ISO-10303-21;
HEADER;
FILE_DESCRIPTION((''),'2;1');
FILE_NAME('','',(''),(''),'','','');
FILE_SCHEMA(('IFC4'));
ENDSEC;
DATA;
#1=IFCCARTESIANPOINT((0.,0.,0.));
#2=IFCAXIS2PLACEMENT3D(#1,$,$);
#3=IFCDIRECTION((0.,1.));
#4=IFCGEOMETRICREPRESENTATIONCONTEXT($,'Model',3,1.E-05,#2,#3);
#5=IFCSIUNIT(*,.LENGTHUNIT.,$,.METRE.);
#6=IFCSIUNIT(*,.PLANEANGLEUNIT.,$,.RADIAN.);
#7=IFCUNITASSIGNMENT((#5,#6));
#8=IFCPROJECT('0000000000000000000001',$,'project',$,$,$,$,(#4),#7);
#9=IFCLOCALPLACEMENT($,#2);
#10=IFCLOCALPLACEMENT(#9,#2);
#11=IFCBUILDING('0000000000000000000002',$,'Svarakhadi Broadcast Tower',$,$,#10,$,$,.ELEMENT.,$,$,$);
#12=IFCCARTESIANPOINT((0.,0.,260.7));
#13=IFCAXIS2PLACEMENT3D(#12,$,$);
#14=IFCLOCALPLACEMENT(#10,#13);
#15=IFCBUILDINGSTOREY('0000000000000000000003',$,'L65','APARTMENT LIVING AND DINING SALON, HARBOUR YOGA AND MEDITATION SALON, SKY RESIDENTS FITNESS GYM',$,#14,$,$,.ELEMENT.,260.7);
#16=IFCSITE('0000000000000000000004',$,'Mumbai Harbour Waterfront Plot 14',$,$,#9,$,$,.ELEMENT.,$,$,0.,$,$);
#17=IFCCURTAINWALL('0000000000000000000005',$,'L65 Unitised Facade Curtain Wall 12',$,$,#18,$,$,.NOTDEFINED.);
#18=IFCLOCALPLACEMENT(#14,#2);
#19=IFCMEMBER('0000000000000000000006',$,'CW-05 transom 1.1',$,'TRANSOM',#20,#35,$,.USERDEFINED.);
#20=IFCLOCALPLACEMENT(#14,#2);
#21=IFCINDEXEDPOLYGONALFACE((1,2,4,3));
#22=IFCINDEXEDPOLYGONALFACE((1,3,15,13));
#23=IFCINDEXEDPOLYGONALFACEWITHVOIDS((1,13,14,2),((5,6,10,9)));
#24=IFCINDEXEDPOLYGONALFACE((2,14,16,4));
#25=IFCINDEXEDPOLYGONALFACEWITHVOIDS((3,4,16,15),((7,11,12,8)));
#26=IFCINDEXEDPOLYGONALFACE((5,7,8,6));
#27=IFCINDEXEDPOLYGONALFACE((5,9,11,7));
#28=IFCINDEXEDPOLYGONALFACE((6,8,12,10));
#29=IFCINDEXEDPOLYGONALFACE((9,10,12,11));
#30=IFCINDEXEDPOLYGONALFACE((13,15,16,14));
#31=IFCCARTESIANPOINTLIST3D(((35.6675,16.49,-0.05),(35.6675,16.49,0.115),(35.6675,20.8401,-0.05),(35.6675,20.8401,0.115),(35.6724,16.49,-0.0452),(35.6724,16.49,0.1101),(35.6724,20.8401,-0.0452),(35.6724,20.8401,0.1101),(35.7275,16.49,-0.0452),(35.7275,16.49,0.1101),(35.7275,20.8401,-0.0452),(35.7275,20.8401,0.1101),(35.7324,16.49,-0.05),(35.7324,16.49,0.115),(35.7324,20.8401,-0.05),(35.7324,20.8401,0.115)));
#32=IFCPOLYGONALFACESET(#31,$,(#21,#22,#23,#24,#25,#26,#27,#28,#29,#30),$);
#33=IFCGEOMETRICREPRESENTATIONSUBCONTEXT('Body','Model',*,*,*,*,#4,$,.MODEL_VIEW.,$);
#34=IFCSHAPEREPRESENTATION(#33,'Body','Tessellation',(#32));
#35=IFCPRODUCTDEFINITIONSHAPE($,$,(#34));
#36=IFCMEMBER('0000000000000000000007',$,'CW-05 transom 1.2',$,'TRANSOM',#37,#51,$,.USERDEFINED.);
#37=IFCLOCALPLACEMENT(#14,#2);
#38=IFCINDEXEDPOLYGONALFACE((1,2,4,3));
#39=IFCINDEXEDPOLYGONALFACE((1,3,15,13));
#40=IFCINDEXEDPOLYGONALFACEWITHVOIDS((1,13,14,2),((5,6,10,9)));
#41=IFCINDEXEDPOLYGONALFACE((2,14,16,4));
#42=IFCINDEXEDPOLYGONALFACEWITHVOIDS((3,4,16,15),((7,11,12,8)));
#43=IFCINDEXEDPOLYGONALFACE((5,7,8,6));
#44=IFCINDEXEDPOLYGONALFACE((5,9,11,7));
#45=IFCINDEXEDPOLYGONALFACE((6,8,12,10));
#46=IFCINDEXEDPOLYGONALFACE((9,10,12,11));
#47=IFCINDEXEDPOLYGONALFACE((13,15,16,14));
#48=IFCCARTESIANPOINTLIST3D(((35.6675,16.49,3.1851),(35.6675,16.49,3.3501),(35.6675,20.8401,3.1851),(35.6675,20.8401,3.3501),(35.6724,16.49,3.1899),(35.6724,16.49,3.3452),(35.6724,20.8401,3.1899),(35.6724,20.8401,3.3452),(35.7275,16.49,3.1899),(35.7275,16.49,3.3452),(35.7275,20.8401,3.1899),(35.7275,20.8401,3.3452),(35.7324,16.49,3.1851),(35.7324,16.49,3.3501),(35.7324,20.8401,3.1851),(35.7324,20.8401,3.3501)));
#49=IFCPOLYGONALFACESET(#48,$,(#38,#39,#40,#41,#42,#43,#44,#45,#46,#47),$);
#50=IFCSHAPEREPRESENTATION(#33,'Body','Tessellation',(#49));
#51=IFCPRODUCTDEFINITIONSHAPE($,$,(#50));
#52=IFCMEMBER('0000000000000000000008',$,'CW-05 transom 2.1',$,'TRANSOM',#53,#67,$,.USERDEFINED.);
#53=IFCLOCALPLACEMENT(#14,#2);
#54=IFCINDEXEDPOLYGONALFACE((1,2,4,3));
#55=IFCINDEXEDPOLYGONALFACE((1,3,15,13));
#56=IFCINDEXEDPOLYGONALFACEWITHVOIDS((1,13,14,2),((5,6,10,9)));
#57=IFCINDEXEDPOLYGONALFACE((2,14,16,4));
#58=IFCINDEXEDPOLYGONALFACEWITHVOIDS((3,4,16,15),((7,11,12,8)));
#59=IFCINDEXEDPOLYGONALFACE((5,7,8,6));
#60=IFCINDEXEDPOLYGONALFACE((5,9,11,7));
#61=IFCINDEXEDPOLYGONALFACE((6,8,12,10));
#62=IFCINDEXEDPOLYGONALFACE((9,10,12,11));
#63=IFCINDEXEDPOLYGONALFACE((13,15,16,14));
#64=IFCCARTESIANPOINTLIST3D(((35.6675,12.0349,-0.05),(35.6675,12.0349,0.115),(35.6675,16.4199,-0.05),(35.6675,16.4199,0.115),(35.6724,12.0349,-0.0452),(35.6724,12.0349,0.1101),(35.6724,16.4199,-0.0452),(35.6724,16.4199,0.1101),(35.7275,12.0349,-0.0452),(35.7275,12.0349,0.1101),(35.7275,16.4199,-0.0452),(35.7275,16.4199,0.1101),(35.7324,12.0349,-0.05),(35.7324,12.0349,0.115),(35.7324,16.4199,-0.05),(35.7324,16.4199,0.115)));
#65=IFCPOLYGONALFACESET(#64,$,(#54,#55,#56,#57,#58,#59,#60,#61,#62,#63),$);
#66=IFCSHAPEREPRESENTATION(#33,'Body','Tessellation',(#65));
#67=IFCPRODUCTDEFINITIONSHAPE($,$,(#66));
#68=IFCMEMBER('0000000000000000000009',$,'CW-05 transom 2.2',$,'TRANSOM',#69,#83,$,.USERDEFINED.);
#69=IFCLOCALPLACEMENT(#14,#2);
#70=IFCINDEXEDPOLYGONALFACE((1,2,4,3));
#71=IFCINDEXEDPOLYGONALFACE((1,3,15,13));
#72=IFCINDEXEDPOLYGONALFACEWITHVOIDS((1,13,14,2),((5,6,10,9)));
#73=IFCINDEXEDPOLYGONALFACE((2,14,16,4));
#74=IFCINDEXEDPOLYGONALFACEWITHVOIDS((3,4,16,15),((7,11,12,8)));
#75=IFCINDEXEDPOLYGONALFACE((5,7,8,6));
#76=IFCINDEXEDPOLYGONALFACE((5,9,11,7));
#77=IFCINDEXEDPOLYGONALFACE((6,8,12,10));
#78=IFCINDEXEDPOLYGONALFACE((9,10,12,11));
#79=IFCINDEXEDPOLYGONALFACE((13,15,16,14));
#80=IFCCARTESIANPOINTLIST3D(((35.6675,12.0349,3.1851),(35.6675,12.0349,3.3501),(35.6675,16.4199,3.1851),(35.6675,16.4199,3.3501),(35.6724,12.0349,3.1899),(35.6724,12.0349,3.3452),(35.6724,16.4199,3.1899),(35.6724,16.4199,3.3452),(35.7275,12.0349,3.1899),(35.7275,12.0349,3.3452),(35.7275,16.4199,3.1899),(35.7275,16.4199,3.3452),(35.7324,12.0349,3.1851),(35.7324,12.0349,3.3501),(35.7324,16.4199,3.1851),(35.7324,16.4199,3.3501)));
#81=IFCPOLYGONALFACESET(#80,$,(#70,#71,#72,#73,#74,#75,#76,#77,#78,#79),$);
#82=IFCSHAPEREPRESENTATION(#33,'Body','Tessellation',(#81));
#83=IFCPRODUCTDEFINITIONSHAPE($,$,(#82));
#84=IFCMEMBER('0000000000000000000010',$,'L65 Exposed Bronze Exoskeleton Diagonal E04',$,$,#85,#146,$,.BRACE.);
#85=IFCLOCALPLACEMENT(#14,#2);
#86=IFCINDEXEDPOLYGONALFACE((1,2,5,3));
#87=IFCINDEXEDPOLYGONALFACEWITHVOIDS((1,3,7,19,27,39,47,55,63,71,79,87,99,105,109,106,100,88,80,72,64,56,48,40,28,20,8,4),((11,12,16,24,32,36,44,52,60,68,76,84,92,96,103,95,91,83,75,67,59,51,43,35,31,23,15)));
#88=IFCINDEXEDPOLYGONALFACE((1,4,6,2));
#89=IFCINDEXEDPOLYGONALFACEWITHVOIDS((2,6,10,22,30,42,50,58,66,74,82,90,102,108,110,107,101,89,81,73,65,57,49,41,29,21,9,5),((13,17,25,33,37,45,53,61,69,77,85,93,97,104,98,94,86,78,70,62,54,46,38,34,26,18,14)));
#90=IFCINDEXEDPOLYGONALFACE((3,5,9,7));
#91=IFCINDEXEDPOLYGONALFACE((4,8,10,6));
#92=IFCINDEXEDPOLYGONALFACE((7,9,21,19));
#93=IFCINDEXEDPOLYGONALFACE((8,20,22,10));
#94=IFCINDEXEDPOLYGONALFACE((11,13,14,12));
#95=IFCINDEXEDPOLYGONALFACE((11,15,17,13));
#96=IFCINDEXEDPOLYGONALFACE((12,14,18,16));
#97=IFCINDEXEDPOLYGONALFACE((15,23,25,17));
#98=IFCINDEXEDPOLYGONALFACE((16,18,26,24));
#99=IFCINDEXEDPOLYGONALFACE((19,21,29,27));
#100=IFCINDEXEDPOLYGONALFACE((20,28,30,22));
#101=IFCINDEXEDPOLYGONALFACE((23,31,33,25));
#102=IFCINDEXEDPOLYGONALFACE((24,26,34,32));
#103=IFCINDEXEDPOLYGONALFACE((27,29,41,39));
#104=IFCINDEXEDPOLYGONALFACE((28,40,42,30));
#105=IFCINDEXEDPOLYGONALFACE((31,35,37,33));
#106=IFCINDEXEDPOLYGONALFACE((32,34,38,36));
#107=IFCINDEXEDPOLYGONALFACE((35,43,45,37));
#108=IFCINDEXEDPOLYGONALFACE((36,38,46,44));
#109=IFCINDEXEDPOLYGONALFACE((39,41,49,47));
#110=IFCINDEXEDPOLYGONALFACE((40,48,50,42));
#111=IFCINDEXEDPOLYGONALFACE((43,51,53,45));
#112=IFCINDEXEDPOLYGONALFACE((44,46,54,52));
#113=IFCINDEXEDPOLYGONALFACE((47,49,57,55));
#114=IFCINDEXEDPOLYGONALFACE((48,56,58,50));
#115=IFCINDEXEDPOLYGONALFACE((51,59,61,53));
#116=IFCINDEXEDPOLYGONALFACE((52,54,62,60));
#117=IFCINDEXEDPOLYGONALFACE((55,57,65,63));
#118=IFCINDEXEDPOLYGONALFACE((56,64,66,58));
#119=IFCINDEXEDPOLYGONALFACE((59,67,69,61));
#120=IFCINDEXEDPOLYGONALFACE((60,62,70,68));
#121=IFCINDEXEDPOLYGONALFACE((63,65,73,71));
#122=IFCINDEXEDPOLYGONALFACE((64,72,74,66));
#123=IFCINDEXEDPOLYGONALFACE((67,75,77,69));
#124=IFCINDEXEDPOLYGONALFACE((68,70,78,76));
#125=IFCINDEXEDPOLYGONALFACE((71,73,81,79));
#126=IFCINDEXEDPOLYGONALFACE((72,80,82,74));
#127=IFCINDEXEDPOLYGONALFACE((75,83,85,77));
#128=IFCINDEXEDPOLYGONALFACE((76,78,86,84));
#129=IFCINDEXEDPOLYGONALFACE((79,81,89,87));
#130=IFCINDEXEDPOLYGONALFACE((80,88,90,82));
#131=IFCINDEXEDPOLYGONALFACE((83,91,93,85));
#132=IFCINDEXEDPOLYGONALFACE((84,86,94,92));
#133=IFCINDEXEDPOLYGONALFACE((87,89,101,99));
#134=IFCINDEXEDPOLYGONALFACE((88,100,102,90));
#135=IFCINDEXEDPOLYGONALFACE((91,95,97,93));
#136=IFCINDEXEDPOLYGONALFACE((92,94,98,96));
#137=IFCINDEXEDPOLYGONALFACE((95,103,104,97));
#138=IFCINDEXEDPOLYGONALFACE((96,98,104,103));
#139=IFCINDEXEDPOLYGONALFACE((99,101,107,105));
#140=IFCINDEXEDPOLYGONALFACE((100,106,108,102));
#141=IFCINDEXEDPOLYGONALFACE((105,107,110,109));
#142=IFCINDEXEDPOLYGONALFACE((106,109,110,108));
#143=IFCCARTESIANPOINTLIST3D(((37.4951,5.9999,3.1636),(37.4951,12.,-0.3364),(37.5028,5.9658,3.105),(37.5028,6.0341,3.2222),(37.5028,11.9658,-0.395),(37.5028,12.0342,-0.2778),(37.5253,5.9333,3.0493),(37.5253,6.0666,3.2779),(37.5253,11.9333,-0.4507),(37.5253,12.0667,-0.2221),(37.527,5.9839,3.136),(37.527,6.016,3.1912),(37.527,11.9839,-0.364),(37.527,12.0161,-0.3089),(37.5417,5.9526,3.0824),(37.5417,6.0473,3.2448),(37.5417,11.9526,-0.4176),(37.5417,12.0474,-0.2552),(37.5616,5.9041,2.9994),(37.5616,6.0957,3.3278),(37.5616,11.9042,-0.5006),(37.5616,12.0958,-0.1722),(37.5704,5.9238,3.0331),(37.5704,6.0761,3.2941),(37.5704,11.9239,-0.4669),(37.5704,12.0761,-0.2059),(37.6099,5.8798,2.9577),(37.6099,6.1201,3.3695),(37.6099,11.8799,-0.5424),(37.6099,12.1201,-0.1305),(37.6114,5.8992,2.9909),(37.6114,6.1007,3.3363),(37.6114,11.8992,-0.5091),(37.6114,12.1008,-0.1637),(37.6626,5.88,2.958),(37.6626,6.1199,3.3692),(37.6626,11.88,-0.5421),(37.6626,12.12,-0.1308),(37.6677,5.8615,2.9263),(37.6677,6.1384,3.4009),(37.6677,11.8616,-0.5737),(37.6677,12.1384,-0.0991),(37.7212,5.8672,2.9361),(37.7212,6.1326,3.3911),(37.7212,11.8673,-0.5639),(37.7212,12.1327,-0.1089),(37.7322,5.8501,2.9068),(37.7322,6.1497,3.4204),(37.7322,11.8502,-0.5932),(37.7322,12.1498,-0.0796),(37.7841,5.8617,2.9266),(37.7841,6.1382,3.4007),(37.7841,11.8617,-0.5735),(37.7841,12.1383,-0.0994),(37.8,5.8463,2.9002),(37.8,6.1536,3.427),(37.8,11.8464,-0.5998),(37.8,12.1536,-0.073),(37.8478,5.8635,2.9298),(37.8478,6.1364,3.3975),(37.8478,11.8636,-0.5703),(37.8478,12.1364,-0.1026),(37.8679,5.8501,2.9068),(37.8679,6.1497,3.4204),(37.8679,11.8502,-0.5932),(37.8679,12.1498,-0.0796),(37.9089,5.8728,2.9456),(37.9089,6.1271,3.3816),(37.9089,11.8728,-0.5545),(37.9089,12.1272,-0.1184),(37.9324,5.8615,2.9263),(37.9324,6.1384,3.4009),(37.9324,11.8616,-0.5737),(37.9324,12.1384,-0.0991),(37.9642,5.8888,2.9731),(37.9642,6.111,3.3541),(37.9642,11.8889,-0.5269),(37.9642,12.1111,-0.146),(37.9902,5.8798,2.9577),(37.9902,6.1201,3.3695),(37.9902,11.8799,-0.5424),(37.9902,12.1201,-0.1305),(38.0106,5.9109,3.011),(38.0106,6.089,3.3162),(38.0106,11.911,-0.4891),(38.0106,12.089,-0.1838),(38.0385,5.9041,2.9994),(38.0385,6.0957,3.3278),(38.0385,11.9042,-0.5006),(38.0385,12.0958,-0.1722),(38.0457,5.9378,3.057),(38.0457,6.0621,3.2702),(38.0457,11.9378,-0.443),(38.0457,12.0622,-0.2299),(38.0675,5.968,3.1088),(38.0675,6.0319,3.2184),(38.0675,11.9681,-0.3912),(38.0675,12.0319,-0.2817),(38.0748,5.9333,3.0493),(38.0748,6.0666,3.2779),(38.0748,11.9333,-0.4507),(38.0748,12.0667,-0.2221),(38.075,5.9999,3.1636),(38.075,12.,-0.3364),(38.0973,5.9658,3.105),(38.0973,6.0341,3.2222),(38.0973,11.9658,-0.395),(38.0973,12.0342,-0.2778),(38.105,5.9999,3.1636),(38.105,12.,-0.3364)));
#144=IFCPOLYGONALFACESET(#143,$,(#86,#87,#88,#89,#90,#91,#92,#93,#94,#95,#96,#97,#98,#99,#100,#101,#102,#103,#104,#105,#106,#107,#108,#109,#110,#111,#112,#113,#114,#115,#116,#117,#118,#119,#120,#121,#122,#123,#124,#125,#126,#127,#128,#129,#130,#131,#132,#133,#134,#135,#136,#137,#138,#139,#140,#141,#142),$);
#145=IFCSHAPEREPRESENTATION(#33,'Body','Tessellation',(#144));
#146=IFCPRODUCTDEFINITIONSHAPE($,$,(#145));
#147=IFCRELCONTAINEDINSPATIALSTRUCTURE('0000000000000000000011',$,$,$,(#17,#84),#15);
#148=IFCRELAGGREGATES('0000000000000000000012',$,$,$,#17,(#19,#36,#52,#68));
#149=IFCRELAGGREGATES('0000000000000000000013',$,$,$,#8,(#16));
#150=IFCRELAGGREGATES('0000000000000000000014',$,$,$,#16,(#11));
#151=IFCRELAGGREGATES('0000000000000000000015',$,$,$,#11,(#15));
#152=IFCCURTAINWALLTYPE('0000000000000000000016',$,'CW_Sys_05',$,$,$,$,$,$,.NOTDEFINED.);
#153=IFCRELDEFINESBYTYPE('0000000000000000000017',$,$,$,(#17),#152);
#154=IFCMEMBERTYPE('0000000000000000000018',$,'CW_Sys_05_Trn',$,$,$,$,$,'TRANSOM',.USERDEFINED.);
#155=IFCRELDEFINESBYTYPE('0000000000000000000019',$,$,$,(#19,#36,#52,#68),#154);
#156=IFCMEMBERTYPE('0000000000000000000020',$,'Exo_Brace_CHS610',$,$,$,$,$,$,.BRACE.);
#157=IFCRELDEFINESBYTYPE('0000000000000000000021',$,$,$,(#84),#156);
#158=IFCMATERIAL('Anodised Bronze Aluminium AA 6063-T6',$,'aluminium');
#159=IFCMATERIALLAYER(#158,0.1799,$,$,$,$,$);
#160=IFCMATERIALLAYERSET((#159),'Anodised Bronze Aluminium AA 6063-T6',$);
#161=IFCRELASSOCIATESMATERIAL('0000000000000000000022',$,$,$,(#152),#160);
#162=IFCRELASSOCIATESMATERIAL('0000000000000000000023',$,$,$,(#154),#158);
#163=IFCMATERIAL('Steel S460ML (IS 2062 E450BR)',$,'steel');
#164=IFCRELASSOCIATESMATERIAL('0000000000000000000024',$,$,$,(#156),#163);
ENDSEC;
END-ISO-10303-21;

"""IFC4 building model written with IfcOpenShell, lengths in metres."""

from ifc_helpers import new_model, si_unit, direction, frame, origin, origin_2d, place, context, subcontext, project, spatial, hollow_rectangle, hollow_circle, extrude, material, layer, layer_set, material_profile, profile_set, type_object, element, aggregate, save


model = new_model("IFC4")

# Units and contexts
model_context = context("Model", 3, precision=1e-05, world=origin(), true_north=direction((0.0, 1.0)))
body_context = subcontext(model_context, "Body", "Model", "MODEL_VIEW")
ifc_project = project(units=[si_unit("LENGTHUNIT", "METRE"), si_unit("PLANEANGLEUNIT", "RADIAN")], contexts=[model_context])

# Site, building, storey
site_placement = place(None, origin())
site = spatial("IfcSite", under=ifc_project, at=site_placement, Name="Mumbai Harbour Waterfront Plot 14", CompositionType="ELEMENT", RefElevation=0.0)
building_placement = place(site_placement, origin())
building = spatial("IfcBuilding", under=site, at=building_placement, Name="Svarakhadi Broadcast Tower", CompositionType="ELEMENT")
storey_placement = place(building_placement, frame((0.0, 0.0, 260.7)))
storey = spatial("IfcBuildingStorey", under=building, at=storey_placement, Name="L65", Description="APARTMENT LIVING AND DINING SALON, HARBOUR YOGA AND MEDITATION SALON, SKY RESIDENTS FITNESS GYM", CompositionType="ELEMENT", Elevation=260.7)

# Shared definitions
ifc_material_1 = material(Name="Steel S460ML (IS 2062 E450BR)", Category="steel")

# Shared definitions
ifc_material_2 = material(Name="Anodised Bronze Aluminium AA 6063-T6", Category="aluminium")
ifc_layer_1 = layer(ifc_material_2, 0.1799)
ifc_layer_set_1 = layer_set([ifc_layer_1], Name="Anodised Bronze Aluminium AA 6063-T6")
curtain_wall_type = type_object("IfcCurtainWallType", Name="CW_Sys_05", PredefinedType="NOTDEFINED", material=ifc_layer_set_1)

# Curtain wall
curtain_wall_1_placement = place(storey_placement, origin())
curtain_wall_1 = element("IfcCurtainWall", 1, at=curtain_wall_1_placement, inside=storey, type_object=curtain_wall_type, Name="L65 Unitised Facade Curtain Wall 12", PredefinedType="NOTDEFINED")

# Members
ifc_material_profile_1 = material_profile(ifc_material_2, hollow_rectangle(XDim=0.0649, YDim=0.165, WallThickness=0.0049, at=origin_2d()), Name="ALU TRANSOM 165x65x5")
ifc_profile_set_1 = profile_set([ifc_material_profile_1], Name="Anodised Bronze Aluminium AA 6063-T6")
member_type_1 = type_object("IfcMemberType", Name="CW_Sys_05_Trn", ElementType="TRANSOM", PredefinedType="USERDEFINED", material=ifc_profile_set_1)
member_1_placement = place(storey_placement, frame((35.7, 20.8401, 0.0325), z_axis=(0.0, -1.0, 0.0), x_axis=(1.0, 0.0, 0.0)))
member_1 = element("IfcMember", 2, at=member_1_placement, type_object=member_type_1, Name="CW-05 transom 1.1", ObjectType="TRANSOM", PredefinedType="USERDEFINED", context=body_context, shape_type="SweptSolid", body=[
    extrude(hollow_rectangle(XDim=0.0649, YDim=0.165, WallThickness=0.0049, at=origin_2d()), origin(), (0.0, 0.0, 1.0), 4.3501),
])
member_2_placement = place(storey_placement, frame((35.7, 20.8401, 3.2676), z_axis=(0.0, -1.0, 0.0), x_axis=(1.0, 0.0, 0.0)))
member_2 = element("IfcMember", 3, at=member_2_placement, type_object=member_type_1, Name="CW-05 transom 1.2", ObjectType="TRANSOM", PredefinedType="USERDEFINED", context=body_context, shape_type="SweptSolid", body=[
    extrude(hollow_rectangle(XDim=0.0649, YDim=0.165, WallThickness=0.0049, at=origin_2d()), origin(), (0.0, 0.0, 1.0), 4.3501),
])
member_3_placement = place(storey_placement, frame((35.7, 16.4199, 0.0325), z_axis=(0.0, -1.0, 0.0), x_axis=(1.0, 0.0, 0.0)))
member_3 = element("IfcMember", 4, at=member_3_placement, type_object=member_type_1, Name="CW-05 transom 2.1", ObjectType="TRANSOM", PredefinedType="USERDEFINED", context=body_context, shape_type="SweptSolid", body=[
    extrude(hollow_rectangle(XDim=0.0649, YDim=0.165, WallThickness=0.0049, at=origin_2d()), origin(), (0.0, 0.0, 1.0), 4.385),
])
member_4_placement = place(storey_placement, frame((35.7, 16.4199, 3.2676), z_axis=(0.0, -1.0, 0.0), x_axis=(1.0, 0.0, 0.0)))
member_4 = element("IfcMember", 5, at=member_4_placement, type_object=member_type_1, Name="CW-05 transom 2.2", ObjectType="TRANSOM", PredefinedType="USERDEFINED", context=body_context, shape_type="SweptSolid", body=[
    extrude(hollow_rectangle(XDim=0.0649, YDim=0.165, WallThickness=0.0049, at=origin_2d()), origin(), (0.0, 0.0, 1.0), 4.385),
])

# Member
ifc_material_profile_2 = material_profile(ifc_material_1, hollow_circle(Radius=0.3049, WallThickness=0.03, at=origin_2d()), Name="CHS 610x30")
ifc_profile_set_2 = profile_set([ifc_material_profile_2], Name="Steel S460ML (IS 2062 E450BR)")
member_type_2 = type_object("IfcMemberType", Name="Exo_Brace_CHS610", PredefinedType="BRACE", material=ifc_profile_set_2)
for number, where, z_axis, x_axis, name in (
    (6, (37.8, 12.0, -0.3364), (0.0, -0.863779, 0.503871), (1.0, 0.0, 0.0), "L65 Exposed Bronze Exoskeleton Diagonal E04"),
):
    element("IfcMember", number, at=place(storey_placement, frame(where, z_axis=z_axis, x_axis=x_axis)), inside=storey, type_object=member_type_2, Name=name, PredefinedType="BRACE", context=body_context, shape_type="SweptSolid", body=[
        extrude(hollow_circle(Radius=0.3049, WallThickness=0.03, at=origin_2d()), origin(), (0.0, 0.0, 1.0), 6.9463),
    ])

aggregate(curtain_wall_1, [member_1, member_2, member_3, member_4])

save(model, "model.ifc")
